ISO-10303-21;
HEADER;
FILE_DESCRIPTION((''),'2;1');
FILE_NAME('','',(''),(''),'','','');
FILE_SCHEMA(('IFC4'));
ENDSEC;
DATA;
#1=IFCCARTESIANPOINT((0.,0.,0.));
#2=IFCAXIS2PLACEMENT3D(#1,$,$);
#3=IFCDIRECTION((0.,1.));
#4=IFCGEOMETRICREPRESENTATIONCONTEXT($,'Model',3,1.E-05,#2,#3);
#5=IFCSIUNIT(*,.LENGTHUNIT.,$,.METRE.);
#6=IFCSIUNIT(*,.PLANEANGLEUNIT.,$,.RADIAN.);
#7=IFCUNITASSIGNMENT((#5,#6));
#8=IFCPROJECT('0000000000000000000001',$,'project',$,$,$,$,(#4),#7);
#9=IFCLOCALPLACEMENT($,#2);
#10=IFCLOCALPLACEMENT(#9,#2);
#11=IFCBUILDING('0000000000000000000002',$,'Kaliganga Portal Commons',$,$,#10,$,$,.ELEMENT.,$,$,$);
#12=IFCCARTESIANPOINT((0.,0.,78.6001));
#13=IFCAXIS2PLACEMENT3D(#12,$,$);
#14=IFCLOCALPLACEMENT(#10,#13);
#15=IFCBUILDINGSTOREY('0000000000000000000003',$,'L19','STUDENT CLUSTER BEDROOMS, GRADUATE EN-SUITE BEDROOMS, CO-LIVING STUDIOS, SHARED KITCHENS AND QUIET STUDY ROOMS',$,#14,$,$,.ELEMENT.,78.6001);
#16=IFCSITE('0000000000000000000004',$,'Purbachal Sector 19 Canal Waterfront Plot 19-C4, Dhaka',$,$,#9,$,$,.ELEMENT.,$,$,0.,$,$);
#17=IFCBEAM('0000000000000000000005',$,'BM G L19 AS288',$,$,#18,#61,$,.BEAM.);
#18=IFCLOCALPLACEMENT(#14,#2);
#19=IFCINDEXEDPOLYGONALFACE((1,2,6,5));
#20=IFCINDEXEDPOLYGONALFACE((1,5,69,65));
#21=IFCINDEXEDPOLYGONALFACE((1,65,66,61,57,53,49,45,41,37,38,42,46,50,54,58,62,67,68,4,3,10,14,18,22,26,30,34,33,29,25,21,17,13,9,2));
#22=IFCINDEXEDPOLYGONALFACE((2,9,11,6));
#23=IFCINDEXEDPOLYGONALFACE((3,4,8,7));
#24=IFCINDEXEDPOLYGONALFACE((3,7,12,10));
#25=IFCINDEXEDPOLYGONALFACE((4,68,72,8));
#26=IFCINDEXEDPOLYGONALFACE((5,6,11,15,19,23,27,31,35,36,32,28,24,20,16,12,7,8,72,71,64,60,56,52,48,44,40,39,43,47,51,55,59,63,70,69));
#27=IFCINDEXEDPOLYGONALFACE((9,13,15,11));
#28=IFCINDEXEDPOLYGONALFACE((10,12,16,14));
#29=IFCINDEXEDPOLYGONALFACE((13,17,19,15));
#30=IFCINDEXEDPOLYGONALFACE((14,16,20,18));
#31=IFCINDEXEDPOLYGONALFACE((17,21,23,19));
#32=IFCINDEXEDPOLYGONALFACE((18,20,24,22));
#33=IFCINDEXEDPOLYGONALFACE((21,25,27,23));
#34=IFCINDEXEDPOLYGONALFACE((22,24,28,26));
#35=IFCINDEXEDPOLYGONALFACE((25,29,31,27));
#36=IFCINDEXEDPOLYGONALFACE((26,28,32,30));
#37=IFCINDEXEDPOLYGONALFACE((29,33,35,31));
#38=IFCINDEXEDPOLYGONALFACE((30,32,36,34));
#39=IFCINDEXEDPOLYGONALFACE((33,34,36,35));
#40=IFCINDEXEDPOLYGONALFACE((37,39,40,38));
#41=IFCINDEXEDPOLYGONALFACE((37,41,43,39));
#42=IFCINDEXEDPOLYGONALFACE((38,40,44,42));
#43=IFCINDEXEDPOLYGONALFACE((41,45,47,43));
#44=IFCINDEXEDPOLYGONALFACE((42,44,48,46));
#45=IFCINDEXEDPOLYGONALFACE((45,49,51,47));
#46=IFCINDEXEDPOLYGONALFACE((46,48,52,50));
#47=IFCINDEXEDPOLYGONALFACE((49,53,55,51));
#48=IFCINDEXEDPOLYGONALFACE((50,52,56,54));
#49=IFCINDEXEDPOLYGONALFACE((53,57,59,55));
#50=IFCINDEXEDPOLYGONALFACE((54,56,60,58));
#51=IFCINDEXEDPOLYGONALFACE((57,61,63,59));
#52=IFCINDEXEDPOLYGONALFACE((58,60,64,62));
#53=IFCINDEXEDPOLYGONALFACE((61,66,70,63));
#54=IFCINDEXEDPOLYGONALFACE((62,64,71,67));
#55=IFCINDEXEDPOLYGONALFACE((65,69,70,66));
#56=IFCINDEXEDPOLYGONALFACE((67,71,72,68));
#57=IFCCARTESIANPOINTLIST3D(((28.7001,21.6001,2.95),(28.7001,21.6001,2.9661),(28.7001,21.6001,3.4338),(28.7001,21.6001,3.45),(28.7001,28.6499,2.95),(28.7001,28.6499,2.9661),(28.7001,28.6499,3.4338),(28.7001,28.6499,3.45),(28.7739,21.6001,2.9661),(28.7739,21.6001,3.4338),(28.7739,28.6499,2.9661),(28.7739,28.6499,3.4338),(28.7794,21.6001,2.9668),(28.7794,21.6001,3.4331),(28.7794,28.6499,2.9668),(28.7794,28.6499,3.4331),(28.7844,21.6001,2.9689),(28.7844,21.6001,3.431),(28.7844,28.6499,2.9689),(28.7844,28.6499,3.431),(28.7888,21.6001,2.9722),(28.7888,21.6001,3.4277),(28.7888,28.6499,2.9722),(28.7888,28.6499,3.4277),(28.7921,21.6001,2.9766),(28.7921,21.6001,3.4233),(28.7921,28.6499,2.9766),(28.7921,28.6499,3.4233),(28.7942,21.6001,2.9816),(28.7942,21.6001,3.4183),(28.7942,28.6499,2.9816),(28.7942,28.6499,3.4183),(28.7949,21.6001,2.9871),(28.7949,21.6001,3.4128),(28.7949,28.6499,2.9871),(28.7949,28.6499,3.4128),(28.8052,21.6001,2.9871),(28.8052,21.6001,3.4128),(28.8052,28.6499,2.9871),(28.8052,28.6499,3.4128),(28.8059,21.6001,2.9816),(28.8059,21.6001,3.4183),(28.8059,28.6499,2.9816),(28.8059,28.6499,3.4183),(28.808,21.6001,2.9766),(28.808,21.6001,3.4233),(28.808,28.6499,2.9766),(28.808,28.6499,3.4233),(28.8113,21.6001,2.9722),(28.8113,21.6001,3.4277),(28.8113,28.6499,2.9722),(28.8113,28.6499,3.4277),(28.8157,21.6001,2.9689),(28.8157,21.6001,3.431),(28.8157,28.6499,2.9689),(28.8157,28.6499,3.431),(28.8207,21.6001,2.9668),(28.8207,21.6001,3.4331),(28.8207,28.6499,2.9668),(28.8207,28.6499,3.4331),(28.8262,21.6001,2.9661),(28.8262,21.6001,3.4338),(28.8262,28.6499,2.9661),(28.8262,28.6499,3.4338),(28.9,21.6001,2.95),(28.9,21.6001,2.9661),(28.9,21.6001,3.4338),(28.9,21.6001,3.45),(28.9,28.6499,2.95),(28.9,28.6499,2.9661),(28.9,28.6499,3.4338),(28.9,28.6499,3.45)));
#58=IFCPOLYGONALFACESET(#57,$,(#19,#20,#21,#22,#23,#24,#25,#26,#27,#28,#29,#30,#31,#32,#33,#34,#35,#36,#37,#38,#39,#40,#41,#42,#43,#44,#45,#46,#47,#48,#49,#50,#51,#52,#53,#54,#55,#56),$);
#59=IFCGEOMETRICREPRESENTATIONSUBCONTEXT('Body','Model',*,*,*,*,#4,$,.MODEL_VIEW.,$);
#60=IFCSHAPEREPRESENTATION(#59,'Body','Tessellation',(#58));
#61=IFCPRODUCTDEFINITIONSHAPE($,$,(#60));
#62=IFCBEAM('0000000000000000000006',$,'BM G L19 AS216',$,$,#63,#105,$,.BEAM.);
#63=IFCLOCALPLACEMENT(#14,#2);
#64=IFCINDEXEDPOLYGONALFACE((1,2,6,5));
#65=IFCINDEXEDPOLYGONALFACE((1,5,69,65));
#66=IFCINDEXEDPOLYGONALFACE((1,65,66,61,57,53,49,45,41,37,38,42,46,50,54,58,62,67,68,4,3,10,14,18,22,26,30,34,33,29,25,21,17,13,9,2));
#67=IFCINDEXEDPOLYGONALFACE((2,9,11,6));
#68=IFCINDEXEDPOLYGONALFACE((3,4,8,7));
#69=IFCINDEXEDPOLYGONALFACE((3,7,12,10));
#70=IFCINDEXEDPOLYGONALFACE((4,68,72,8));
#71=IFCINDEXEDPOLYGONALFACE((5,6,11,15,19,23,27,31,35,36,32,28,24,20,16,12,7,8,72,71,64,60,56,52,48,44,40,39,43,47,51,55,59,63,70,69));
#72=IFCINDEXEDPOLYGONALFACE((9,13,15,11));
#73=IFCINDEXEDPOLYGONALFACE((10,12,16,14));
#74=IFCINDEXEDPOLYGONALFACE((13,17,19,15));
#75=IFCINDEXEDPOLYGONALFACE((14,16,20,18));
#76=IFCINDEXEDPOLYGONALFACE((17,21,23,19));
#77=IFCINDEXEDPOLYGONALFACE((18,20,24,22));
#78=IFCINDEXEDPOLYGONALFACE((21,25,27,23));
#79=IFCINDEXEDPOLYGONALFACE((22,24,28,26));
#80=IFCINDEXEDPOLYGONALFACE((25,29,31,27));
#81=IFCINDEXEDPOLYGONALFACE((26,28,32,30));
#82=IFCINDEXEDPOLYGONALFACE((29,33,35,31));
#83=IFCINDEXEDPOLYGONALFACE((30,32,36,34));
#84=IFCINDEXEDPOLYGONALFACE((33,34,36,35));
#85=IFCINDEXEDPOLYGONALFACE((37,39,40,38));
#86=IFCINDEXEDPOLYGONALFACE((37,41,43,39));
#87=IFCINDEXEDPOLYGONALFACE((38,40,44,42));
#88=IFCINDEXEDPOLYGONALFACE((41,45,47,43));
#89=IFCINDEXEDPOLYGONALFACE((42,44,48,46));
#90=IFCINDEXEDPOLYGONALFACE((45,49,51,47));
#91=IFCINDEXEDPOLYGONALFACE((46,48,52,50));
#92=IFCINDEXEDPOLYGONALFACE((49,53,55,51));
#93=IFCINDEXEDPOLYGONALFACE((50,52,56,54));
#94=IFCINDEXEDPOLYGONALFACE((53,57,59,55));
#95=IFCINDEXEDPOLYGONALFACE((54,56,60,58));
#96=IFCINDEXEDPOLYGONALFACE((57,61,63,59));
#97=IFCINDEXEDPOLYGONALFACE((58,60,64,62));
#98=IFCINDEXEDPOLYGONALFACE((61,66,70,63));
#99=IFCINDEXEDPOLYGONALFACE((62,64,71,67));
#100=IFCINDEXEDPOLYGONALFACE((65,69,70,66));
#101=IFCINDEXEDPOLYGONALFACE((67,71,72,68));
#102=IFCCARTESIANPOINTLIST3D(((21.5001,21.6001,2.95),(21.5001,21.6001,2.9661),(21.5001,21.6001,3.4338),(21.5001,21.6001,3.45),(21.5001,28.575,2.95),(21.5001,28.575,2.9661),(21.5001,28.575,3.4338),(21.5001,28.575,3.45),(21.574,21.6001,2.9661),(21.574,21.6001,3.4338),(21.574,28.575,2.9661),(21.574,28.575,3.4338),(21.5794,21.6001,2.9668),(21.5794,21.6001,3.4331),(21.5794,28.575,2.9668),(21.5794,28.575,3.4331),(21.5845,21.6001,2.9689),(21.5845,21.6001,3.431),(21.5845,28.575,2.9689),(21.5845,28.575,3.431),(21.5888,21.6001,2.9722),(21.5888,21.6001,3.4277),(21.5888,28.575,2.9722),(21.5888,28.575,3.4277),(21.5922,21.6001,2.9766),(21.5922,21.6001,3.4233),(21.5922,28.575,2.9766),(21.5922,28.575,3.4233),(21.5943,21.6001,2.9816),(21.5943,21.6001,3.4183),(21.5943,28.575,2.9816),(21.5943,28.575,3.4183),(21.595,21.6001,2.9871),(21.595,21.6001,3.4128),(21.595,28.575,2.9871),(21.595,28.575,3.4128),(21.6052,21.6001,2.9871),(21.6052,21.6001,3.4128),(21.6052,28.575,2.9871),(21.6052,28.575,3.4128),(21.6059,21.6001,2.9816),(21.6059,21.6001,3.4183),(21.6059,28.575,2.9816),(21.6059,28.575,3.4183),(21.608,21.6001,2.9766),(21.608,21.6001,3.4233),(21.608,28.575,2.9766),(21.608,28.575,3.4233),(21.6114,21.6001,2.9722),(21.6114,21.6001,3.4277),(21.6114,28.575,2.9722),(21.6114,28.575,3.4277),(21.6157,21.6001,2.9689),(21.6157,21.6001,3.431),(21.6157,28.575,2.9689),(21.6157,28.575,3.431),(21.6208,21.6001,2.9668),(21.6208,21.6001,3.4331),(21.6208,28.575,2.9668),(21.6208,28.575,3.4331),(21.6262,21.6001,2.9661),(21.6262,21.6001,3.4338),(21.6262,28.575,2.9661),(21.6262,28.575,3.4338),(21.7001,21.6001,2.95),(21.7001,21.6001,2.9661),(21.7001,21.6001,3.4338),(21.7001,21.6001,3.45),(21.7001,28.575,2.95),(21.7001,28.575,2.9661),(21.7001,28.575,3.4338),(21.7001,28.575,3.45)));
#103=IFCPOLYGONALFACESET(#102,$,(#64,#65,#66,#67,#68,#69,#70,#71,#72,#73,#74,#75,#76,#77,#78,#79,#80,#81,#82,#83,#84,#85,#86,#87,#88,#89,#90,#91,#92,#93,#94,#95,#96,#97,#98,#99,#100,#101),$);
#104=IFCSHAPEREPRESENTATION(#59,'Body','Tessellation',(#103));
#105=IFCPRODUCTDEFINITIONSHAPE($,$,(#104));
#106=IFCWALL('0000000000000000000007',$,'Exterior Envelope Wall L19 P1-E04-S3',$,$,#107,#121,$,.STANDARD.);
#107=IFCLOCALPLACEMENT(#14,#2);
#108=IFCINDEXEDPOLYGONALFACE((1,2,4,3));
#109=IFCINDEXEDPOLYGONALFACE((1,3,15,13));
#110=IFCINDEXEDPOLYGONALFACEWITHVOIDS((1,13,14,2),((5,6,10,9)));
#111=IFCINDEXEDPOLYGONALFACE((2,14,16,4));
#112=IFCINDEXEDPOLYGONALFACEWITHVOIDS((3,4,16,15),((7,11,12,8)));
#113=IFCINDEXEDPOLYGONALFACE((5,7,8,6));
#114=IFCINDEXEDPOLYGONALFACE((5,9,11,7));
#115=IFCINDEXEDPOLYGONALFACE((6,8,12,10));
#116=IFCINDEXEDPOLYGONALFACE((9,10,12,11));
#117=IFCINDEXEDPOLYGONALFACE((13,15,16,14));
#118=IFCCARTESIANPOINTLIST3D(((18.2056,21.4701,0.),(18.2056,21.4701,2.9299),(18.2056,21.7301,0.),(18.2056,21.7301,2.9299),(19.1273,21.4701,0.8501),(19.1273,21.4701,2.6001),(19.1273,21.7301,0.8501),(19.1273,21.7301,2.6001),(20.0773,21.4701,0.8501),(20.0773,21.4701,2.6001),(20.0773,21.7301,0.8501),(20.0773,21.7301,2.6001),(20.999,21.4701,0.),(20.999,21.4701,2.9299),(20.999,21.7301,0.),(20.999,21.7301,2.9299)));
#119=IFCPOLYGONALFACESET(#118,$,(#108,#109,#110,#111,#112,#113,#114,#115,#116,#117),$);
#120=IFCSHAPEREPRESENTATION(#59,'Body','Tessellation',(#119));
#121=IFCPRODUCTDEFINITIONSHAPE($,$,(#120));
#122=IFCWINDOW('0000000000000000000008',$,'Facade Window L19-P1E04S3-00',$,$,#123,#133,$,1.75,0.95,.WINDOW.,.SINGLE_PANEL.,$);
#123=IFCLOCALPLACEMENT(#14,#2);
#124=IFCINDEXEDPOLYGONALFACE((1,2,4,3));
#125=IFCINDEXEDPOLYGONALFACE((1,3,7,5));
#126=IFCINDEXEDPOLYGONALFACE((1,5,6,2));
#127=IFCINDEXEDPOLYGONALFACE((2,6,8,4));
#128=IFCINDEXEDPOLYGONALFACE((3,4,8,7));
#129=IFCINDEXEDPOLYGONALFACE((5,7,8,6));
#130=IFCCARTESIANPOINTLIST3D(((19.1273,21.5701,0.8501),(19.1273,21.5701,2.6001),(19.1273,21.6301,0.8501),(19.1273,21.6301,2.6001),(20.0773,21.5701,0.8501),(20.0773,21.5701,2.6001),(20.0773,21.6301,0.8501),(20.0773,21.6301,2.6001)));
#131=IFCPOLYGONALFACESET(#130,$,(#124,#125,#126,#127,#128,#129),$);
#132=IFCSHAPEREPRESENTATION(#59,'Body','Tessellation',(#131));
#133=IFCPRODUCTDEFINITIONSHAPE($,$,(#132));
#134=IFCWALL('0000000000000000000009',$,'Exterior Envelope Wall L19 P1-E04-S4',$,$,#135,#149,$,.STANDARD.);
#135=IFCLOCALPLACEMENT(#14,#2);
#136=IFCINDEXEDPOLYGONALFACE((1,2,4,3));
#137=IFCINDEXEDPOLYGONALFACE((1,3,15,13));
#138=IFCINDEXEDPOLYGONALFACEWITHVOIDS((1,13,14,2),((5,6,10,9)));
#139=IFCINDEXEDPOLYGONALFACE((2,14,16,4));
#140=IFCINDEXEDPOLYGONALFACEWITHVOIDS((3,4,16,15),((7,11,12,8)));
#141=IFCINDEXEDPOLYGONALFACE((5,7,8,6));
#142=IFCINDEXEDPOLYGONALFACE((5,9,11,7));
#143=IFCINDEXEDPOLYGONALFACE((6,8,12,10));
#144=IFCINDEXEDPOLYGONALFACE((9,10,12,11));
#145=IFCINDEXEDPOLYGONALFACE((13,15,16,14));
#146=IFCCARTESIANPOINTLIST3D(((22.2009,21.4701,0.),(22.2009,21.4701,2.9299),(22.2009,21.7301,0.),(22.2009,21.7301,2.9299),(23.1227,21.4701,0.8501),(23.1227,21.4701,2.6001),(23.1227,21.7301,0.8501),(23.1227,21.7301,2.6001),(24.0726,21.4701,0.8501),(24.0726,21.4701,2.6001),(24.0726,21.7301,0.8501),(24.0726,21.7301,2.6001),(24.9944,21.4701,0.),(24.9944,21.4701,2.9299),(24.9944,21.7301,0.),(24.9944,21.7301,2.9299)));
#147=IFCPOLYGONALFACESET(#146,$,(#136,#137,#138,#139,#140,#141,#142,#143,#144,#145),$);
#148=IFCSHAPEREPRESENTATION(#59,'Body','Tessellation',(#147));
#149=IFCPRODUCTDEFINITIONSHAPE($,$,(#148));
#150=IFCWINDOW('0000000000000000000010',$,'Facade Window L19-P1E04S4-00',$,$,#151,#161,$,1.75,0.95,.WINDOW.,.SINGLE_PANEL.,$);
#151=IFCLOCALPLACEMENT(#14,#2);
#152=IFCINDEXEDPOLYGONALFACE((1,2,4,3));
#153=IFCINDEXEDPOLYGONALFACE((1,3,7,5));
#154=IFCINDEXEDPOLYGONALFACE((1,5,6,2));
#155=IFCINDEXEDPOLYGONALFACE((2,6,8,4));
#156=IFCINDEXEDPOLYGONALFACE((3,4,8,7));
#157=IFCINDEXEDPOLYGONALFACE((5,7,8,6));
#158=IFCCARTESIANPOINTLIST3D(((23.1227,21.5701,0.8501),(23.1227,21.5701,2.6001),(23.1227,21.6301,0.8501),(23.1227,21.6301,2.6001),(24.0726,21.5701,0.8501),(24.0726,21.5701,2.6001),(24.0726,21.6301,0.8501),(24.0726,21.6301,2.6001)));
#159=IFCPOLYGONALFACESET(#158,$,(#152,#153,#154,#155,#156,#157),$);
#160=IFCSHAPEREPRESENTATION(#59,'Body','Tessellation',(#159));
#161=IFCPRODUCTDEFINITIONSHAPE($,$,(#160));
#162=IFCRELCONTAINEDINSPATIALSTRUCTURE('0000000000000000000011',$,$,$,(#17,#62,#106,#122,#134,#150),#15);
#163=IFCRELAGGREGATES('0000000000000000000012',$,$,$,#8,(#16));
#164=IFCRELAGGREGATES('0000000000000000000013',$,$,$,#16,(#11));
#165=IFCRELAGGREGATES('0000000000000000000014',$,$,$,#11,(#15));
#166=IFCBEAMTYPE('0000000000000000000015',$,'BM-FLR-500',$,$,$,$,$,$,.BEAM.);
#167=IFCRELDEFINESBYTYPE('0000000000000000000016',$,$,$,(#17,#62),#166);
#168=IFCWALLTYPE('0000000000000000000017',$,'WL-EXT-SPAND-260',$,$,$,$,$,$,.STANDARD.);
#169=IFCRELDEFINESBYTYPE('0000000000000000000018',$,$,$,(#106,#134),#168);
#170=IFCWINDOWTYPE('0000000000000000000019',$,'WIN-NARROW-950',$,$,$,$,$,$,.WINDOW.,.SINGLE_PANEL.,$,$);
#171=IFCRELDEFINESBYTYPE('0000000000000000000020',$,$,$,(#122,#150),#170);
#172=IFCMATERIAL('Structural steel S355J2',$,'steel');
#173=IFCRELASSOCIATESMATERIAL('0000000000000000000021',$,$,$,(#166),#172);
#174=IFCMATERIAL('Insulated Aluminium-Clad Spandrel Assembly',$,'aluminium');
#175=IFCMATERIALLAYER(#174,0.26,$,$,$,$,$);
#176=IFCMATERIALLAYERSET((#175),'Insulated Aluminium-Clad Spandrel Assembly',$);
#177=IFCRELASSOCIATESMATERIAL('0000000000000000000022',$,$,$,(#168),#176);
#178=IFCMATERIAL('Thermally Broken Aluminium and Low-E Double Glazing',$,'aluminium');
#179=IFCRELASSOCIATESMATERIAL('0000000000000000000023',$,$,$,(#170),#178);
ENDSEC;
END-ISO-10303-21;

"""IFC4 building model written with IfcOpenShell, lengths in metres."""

from ifc_helpers import new_model, si_unit, direction, frame, frame_2d, origin, origin_2d, place, context, subcontext, project, spatial, rectangle, i_section, extrude, source, transform, mapped, material, layer, layer_set, material_profile, profile_set, type_object, element, fill, save


model = new_model("IFC4")

# Units and contexts
model_context = context("Model", 3, precision=1e-05, world=origin(), true_north=direction((0.0, 1.0)))
body_context = subcontext(model_context, "Body", "Model", "MODEL_VIEW")
ifc_project = project(units=[si_unit("LENGTHUNIT", "METRE"), si_unit("PLANEANGLEUNIT", "RADIAN")], contexts=[model_context])

# Site, building, storey
site_placement = place(None, origin())
site = spatial("IfcSite", under=ifc_project, at=site_placement, Name="Purbachal Sector 19 Canal Waterfront Plot 19-C4, Dhaka", CompositionType="ELEMENT", RefElevation=0.0)
building_placement = place(site_placement, origin())
building = spatial("IfcBuilding", under=site, at=building_placement, Name="Kaliganga Portal Commons", CompositionType="ELEMENT")
storey_placement = place(building_placement, frame((0.0, 0.0, 78.6001)))
storey = spatial("IfcBuildingStorey", under=building, at=storey_placement, Name="L19", Description="STUDENT CLUSTER BEDROOMS, GRADUATE EN-SUITE BEDROOMS, CO-LIVING STUDIOS, SHARED KITCHENS AND QUIET STUDY ROOMS", CompositionType="ELEMENT", Elevation=78.6001)

# Beams
ifc_material_1 = material(Name="Structural steel S355J2", Category="steel")
ifc_material_profile_1 = material_profile(ifc_material_1, i_section(OverallWidth=0.2, OverallDepth=0.5, WebThickness=0.0103, FlangeThickness=0.0161, FilletRadius=0.021, at=origin_2d()), Name="IPE 500")
ifc_profile_set_1 = profile_set([ifc_material_profile_1], Name="Structural steel S355J2 wide-flange")
beam_type_1 = type_object("IfcBeamType", Name="BM-FLR-500", PredefinedType="BEAM", material=ifc_profile_set_1)
shared_shape_1 = source(origin(), body_context, "Body", "SweptSolid", [
    extrude(i_section(OverallWidth=0.2, OverallDepth=0.5, WebThickness=0.0103, FlangeThickness=0.0161, FilletRadius=0.021, at=origin_2d()), origin(), (0.0, 0.0, 1.0), 7.0498),
])
beam_1_placement = place(storey_placement, frame((28.8, 21.6001, 3.2), z_axis=(0.0, 1.0, 0.0), x_axis=(-1.0, 0.0, 0.0)))
element("IfcBeam", 1, at=beam_1_placement, inside=storey, type_object=beam_type_1, Name="BM G L19 AS288", PredefinedType="BEAM", context=body_context, shape_type="MappedRepresentation", body=[
    mapped(shared_shape_1, transform((0.0, 0.0, 0.0), x_axis=(1.0, 0.0, 0.0), y_axis=(0.0, 1.0, 0.0), z_axis=(0.0, 0.0, 1.0), scale=1.0)),
])
shared_shape_2 = source(origin(), body_context, "Body", "SweptSolid", [
    extrude(i_section(OverallWidth=0.2, OverallDepth=0.5, WebThickness=0.0103, FlangeThickness=0.0161, FilletRadius=0.021, at=origin_2d()), origin(), (0.0, 0.0, 1.0), 6.9749),
])
beam_2_placement = place(storey_placement, frame((21.6001, 21.6001, 3.2), z_axis=(0.0, 1.0, 0.0), x_axis=(-1.0, 0.0, 0.0)))
element("IfcBeam", 2, at=beam_2_placement, inside=storey, type_object=beam_type_1, Name="BM G L19 AS216", PredefinedType="BEAM", context=body_context, shape_type="MappedRepresentation", body=[
    mapped(shared_shape_2, transform((0.0, 0.0, 0.0), x_axis=(1.0, 0.0, 0.0), y_axis=(0.0, 1.0, 0.0), z_axis=(0.0, 0.0, 1.0), scale=1.0)),
])

# Walls, openings, windows
ifc_material_2 = material(Name="Insulated Aluminium-Clad Spandrel Assembly", Category="aluminium")
ifc_layer_1 = layer(ifc_material_2, 0.26)
ifc_layer_set_1 = layer_set([ifc_layer_1], Name="Insulated Aluminium-Clad Spandrel Assembly")
wall_type_1 = type_object("IfcWallType", Name="WL-EXT-SPAND-260", PredefinedType="STANDARD", material=ifc_layer_set_1)
wall_1_placement = place(storey_placement, frame((20.999, 21.6001, 0.0), z_axis=(0.0, 0.0, 1.0), x_axis=(-1.0, 0.0, 0.0)))
wall_1 = element("IfcWall", 3, at=wall_1_placement, inside=storey, type_object=wall_type_1, Name="Exterior Envelope Wall L19 P1-E04-S3", PredefinedType="STANDARD", context=body_context, shape_type="SweptSolid", body=[
    extrude(rectangle(XDim=2.7935, YDim=0.26, at=frame_2d((1.3967, 0.0))), origin(), (0.0, 0.0, 1.0), 2.9299),
])
opening_1_placement = place(wall_1_placement, frame((0.9216, 0.0, 0.8501)))
opening_1 = element("IfcOpeningElement", 4, at=opening_1_placement, cuts=wall_1, PredefinedType="OPENING", context=body_context, shape_type="SweptSolid", body=[
    extrude(rectangle(XDim=0.95, YDim=1.75, at=frame_2d((0.4751, 0.875))), frame((0.0, 0.1401, 0.0), z_axis=(0.0, -1.0, 0.0), x_axis=(1.0, 0.0, 0.0)), (0.0, 0.0, 1.0), 0.28),
])
ifc_material_3 = material(Name="Thermally Broken Aluminium and Low-E Double Glazing", Category="aluminium")
window_type_1 = type_object("IfcWindowType", Name="WIN-NARROW-950", PartitioningType="SINGLE_PANEL", PredefinedType="WINDOW", material=ifc_material_3)
window_1_placement = place(opening_1_placement, origin())
window_1 = element("IfcWindow", 5, at=window_1_placement, inside=storey, type_object=window_type_1, Name="Facade Window L19-P1E04S3-00", OverallHeight=1.75, OverallWidth=0.95, PartitioningType="SINGLE_PANEL", PredefinedType="WINDOW", context=body_context, shape_type="SweptSolid", body=[
    extrude(rectangle(XDim=0.95, YDim=1.75, at=frame_2d((0.4751, 0.875))), frame((0.0, 0.03, 0.0), z_axis=(0.0, -1.0, 0.0), x_axis=(1.0, 0.0, 0.0)), (0.0, 0.0, 1.0), 0.0601),
])
fill(opening_1, window_1)
wall_2_placement = place(storey_placement, frame((24.9944, 21.6001, 0.0), z_axis=(0.0, 0.0, 1.0), x_axis=(-1.0, 0.0, 0.0)))
wall_2 = element("IfcWall", 6, at=wall_2_placement, inside=storey, type_object=wall_type_1, Name="Exterior Envelope Wall L19 P1-E04-S4", PredefinedType="STANDARD", context=body_context, shape_type="SweptSolid", body=[
    extrude(rectangle(XDim=2.7935, YDim=0.26, at=frame_2d((1.3967, 0.0))), origin(), (0.0, 0.0, 1.0), 2.9299),
])
opening_2_placement = place(wall_2_placement, frame((0.9216, 0.0, 0.8501)))
opening_2 = element("IfcOpeningElement", 7, at=opening_2_placement, cuts=wall_2, PredefinedType="OPENING", context=body_context, shape_type="SweptSolid", body=[
    extrude(rectangle(XDim=0.95, YDim=1.75, at=frame_2d((0.4751, 0.875))), frame((0.0, 0.1401, 0.0), z_axis=(0.0, -1.0, 0.0), x_axis=(1.0, 0.0, 0.0)), (0.0, 0.0, 1.0), 0.28),
])
window_2_placement = place(opening_2_placement, origin())
window_2 = element("IfcWindow", 8, at=window_2_placement, inside=storey, type_object=window_type_1, Name="Facade Window L19-P1E04S4-00", OverallHeight=1.75, OverallWidth=0.95, PartitioningType="SINGLE_PANEL", PredefinedType="WINDOW", context=body_context, shape_type="SweptSolid", body=[
    extrude(rectangle(XDim=0.95, YDim=1.75, at=frame_2d((0.4751, 0.875))), frame((0.0, 0.03, 0.0), z_axis=(0.0, -1.0, 0.0), x_axis=(1.0, 0.0, 0.0)), (0.0, 0.0, 1.0), 0.0601),
])
fill(opening_2, window_2)

save(model, "model.ifc")
